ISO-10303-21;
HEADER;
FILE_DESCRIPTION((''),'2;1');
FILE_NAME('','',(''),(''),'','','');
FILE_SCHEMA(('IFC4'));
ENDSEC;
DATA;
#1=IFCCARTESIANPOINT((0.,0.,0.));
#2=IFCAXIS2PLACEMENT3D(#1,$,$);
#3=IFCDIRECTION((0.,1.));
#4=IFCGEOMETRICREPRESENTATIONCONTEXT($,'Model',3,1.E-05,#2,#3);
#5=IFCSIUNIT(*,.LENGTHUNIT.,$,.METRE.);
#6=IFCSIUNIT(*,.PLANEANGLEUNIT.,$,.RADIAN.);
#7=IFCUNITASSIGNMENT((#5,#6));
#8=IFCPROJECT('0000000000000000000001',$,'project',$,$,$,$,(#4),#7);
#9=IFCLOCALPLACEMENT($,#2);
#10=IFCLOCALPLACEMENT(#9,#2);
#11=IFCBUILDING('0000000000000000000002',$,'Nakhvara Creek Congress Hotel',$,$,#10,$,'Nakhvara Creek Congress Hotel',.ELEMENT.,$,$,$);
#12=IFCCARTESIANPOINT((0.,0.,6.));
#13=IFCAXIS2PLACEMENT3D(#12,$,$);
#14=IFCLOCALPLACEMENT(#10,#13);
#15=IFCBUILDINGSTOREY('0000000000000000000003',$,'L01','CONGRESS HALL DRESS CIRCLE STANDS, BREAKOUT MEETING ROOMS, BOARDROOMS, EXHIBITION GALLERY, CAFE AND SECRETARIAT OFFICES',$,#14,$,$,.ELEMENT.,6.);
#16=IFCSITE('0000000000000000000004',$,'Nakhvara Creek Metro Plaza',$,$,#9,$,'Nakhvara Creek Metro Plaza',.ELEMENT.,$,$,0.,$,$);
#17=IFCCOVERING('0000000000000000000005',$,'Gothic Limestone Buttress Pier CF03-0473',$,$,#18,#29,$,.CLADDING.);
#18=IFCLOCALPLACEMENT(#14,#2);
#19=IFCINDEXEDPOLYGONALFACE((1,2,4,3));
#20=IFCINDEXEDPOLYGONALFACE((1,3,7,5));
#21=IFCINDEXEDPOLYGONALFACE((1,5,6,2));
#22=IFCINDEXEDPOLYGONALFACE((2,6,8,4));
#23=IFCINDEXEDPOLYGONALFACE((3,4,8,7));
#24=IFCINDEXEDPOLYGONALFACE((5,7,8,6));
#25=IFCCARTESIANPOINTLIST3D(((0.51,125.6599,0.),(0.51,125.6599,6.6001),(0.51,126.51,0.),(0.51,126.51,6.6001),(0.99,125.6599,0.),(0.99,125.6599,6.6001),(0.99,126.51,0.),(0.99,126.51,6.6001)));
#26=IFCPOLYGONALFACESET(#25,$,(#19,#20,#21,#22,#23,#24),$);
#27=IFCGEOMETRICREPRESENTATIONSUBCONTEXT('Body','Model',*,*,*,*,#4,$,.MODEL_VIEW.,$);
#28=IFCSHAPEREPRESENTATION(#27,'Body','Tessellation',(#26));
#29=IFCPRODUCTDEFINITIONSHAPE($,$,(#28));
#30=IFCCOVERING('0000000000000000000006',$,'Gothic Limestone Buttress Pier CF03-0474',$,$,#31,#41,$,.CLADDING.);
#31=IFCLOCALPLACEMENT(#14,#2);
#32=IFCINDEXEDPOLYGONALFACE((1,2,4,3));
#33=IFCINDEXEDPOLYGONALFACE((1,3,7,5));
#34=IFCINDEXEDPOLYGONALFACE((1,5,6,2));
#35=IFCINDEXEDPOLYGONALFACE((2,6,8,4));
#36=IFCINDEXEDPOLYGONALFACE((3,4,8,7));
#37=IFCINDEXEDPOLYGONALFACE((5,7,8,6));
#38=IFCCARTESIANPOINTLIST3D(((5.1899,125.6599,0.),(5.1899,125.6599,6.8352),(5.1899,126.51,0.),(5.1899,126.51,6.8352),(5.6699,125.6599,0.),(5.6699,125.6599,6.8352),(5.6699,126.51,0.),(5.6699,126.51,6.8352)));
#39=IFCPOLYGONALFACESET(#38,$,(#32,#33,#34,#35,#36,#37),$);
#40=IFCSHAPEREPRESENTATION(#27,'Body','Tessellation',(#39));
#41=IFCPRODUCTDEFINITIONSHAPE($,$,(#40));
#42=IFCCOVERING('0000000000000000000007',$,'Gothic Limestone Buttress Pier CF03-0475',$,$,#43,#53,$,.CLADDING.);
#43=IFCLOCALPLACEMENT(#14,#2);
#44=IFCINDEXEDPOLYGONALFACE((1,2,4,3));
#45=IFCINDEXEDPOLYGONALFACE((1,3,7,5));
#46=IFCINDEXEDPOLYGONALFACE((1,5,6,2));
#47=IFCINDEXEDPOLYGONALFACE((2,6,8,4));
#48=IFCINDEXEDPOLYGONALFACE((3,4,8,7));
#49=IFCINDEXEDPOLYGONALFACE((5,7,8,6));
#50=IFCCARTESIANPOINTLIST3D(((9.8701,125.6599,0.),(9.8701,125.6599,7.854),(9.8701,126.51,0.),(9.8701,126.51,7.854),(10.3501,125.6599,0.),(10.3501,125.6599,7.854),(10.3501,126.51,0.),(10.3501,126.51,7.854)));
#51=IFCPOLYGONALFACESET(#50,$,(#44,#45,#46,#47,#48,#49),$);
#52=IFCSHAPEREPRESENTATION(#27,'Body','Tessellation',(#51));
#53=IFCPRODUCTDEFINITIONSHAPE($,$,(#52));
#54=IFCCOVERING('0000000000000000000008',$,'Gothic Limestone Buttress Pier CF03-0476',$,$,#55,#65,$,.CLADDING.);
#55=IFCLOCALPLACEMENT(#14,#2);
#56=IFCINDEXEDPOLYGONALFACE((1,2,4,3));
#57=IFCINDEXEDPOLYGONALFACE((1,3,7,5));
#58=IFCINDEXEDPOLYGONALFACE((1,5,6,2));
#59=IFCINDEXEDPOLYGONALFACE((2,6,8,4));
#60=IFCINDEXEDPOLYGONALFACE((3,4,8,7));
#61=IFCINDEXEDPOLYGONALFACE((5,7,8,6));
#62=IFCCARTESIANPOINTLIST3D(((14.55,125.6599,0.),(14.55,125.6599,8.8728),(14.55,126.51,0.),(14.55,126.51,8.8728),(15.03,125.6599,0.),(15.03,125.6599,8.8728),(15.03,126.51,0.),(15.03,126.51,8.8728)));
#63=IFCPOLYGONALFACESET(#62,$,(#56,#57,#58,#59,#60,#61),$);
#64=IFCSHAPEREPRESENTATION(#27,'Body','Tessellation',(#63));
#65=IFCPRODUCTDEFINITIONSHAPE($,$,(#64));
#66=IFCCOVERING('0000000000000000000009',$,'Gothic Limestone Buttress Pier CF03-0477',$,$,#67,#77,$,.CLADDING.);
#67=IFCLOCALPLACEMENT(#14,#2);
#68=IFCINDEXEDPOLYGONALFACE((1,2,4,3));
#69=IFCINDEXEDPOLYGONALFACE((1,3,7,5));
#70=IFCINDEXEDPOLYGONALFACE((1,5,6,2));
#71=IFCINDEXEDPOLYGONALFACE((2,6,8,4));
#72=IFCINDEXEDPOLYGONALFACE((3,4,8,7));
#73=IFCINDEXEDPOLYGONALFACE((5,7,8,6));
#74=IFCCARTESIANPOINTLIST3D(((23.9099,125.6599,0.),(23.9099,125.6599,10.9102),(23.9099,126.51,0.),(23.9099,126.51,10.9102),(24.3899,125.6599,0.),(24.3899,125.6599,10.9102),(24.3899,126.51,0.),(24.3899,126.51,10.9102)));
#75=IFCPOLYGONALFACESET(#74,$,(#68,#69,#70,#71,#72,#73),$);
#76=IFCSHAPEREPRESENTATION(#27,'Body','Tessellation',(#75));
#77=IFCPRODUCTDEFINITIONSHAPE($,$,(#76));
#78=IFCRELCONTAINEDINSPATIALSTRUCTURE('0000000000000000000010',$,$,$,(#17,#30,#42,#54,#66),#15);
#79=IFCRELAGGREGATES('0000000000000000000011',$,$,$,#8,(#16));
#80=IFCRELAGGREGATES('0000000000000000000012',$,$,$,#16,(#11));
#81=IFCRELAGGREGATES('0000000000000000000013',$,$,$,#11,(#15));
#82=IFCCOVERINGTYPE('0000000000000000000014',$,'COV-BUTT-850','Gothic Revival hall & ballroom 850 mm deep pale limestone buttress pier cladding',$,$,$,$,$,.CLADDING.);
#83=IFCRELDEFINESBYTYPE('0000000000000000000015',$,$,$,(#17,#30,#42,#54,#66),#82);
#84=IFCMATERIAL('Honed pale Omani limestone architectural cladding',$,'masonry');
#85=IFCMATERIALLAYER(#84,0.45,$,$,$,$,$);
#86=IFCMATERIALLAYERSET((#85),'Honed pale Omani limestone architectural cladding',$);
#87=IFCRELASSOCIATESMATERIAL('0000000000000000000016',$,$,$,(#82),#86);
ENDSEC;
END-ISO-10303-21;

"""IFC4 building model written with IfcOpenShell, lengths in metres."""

from ifc_helpers import new_model, si_unit, direction, frame, origin, origin_2d, place, context, subcontext, project, spatial, rectangle, extrude, material, layer, layer_set, type_object, element, save


model = new_model("IFC4")

# Units and contexts
model_context = context("Model", 3, precision=1e-05, world=origin(), true_north=direction((0.0, 1.0)))
body_context = subcontext(model_context, "Body", "Model", "MODEL_VIEW")
ifc_project = project(units=[si_unit("LENGTHUNIT", "METRE"), si_unit("PLANEANGLEUNIT", "RADIAN")], contexts=[model_context])

# Site, building, storey
site_placement = place(None, origin())
site = spatial("IfcSite", under=ifc_project, at=site_placement, Name="Nakhvara Creek Metro Plaza", LongName="Nakhvara Creek Metro Plaza", CompositionType="ELEMENT", RefElevation=0.0)
building_placement = place(site_placement, origin())
building = spatial("IfcBuilding", under=site, at=building_placement, Name="Nakhvara Creek Congress Hotel", LongName="Nakhvara Creek Congress Hotel", CompositionType="ELEMENT")
storey_placement = place(building_placement, frame((0.0, 0.0, 6.0)))
storey = spatial("IfcBuildingStorey", under=building, at=storey_placement, Name="L01", Description="CONGRESS HALL DRESS CIRCLE STANDS, BREAKOUT MEETING ROOMS, BOARDROOMS, EXHIBITION GALLERY, CAFE AND SECRETARIAT OFFICES", CompositionType="ELEMENT", Elevation=6.0)

# Coverings
ifc_material_1 = material(Name="Honed pale Omani limestone architectural cladding", Category="masonry")
ifc_layer_1 = layer(ifc_material_1, 0.45)
ifc_layer_set_1 = layer_set([ifc_layer_1], Name="Honed pale Omani limestone architectural cladding")
covering_type_1 = type_object("IfcCoveringType", Name="COV-BUTT-850", Description="Gothic Revival hall & ballroom 850 mm deep pale limestone buttress pier cladding", PredefinedType="CLADDING", material=ifc_layer_set_1)
for number, where, z_axis, x_axis, name in (
    (1, (0.75, 126.085, 0.0), (0.0, 0.0, 1.0), (1.0, 0.0, 0.0), "Gothic Limestone Buttress Pier CF03-0473"),
):
    element("IfcCovering", number, at=place(storey_placement, frame(where, z_axis=z_axis, x_axis=x_axis)), inside=storey, type_object=covering_type_1, Name=name, PredefinedType="CLADDING", context=body_context, shape_type="SweptSolid", body=[
        extrude(rectangle(XDim=0.48, YDim=0.8501, at=origin_2d()), origin(), (0.0, 0.0, 1.0), 6.6001),
    ])
covering_1_placement = place(storey_placement, frame((5.4299, 126.085, 0.0), z_axis=(0.0, 0.0, 1.0), x_axis=(1.0, 0.0, 0.0)))
element("IfcCovering", 2, at=covering_1_placement, inside=storey, type_object=covering_type_1, Name="Gothic Limestone Buttress Pier CF03-0474", PredefinedType="CLADDING", context=body_context, shape_type="SweptSolid", body=[
    extrude(rectangle(XDim=0.48, YDim=0.8501, at=origin_2d()), origin(), (0.0, 0.0, 1.0), 6.8352),
])
covering_2_placement = place(storey_placement, frame((10.1101, 126.085, 0.0), z_axis=(0.0, 0.0, 1.0), x_axis=(1.0, 0.0, 0.0)))
element("IfcCovering", 3, at=covering_2_placement, inside=storey, type_object=covering_type_1, Name="Gothic Limestone Buttress Pier CF03-0475", PredefinedType="CLADDING", context=body_context, shape_type="SweptSolid", body=[
    extrude(rectangle(XDim=0.48, YDim=0.8501, at=origin_2d()), origin(), (0.0, 0.0, 1.0), 7.854),
])
covering_3_placement = place(storey_placement, frame((14.79, 126.085, 0.0), z_axis=(0.0, 0.0, 1.0), x_axis=(1.0, 0.0, 0.0)))
element("IfcCovering", 4, at=covering_3_placement, inside=storey, type_object=covering_type_1, Name="Gothic Limestone Buttress Pier CF03-0476", PredefinedType="CLADDING", context=body_context, shape_type="SweptSolid", body=[
    extrude(rectangle(XDim=0.48, YDim=0.8501, at=origin_2d()), origin(), (0.0, 0.0, 1.0), 8.8728),
])
covering_4_placement = place(storey_placement, frame((24.1499, 126.085, 0.0), z_axis=(0.0, 0.0, 1.0), x_axis=(1.0, 0.0, 0.0)))
element("IfcCovering", 5, at=covering_4_placement, inside=storey, type_object=covering_type_1, Name="Gothic Limestone Buttress Pier CF03-0477", PredefinedType="CLADDING", context=body_context, shape_type="SweptSolid", body=[
    extrude(rectangle(XDim=0.48, YDim=0.8501, at=origin_2d()), origin(), (0.0, 0.0, 1.0), 10.9102),
])

save(model, "model.ifc")
